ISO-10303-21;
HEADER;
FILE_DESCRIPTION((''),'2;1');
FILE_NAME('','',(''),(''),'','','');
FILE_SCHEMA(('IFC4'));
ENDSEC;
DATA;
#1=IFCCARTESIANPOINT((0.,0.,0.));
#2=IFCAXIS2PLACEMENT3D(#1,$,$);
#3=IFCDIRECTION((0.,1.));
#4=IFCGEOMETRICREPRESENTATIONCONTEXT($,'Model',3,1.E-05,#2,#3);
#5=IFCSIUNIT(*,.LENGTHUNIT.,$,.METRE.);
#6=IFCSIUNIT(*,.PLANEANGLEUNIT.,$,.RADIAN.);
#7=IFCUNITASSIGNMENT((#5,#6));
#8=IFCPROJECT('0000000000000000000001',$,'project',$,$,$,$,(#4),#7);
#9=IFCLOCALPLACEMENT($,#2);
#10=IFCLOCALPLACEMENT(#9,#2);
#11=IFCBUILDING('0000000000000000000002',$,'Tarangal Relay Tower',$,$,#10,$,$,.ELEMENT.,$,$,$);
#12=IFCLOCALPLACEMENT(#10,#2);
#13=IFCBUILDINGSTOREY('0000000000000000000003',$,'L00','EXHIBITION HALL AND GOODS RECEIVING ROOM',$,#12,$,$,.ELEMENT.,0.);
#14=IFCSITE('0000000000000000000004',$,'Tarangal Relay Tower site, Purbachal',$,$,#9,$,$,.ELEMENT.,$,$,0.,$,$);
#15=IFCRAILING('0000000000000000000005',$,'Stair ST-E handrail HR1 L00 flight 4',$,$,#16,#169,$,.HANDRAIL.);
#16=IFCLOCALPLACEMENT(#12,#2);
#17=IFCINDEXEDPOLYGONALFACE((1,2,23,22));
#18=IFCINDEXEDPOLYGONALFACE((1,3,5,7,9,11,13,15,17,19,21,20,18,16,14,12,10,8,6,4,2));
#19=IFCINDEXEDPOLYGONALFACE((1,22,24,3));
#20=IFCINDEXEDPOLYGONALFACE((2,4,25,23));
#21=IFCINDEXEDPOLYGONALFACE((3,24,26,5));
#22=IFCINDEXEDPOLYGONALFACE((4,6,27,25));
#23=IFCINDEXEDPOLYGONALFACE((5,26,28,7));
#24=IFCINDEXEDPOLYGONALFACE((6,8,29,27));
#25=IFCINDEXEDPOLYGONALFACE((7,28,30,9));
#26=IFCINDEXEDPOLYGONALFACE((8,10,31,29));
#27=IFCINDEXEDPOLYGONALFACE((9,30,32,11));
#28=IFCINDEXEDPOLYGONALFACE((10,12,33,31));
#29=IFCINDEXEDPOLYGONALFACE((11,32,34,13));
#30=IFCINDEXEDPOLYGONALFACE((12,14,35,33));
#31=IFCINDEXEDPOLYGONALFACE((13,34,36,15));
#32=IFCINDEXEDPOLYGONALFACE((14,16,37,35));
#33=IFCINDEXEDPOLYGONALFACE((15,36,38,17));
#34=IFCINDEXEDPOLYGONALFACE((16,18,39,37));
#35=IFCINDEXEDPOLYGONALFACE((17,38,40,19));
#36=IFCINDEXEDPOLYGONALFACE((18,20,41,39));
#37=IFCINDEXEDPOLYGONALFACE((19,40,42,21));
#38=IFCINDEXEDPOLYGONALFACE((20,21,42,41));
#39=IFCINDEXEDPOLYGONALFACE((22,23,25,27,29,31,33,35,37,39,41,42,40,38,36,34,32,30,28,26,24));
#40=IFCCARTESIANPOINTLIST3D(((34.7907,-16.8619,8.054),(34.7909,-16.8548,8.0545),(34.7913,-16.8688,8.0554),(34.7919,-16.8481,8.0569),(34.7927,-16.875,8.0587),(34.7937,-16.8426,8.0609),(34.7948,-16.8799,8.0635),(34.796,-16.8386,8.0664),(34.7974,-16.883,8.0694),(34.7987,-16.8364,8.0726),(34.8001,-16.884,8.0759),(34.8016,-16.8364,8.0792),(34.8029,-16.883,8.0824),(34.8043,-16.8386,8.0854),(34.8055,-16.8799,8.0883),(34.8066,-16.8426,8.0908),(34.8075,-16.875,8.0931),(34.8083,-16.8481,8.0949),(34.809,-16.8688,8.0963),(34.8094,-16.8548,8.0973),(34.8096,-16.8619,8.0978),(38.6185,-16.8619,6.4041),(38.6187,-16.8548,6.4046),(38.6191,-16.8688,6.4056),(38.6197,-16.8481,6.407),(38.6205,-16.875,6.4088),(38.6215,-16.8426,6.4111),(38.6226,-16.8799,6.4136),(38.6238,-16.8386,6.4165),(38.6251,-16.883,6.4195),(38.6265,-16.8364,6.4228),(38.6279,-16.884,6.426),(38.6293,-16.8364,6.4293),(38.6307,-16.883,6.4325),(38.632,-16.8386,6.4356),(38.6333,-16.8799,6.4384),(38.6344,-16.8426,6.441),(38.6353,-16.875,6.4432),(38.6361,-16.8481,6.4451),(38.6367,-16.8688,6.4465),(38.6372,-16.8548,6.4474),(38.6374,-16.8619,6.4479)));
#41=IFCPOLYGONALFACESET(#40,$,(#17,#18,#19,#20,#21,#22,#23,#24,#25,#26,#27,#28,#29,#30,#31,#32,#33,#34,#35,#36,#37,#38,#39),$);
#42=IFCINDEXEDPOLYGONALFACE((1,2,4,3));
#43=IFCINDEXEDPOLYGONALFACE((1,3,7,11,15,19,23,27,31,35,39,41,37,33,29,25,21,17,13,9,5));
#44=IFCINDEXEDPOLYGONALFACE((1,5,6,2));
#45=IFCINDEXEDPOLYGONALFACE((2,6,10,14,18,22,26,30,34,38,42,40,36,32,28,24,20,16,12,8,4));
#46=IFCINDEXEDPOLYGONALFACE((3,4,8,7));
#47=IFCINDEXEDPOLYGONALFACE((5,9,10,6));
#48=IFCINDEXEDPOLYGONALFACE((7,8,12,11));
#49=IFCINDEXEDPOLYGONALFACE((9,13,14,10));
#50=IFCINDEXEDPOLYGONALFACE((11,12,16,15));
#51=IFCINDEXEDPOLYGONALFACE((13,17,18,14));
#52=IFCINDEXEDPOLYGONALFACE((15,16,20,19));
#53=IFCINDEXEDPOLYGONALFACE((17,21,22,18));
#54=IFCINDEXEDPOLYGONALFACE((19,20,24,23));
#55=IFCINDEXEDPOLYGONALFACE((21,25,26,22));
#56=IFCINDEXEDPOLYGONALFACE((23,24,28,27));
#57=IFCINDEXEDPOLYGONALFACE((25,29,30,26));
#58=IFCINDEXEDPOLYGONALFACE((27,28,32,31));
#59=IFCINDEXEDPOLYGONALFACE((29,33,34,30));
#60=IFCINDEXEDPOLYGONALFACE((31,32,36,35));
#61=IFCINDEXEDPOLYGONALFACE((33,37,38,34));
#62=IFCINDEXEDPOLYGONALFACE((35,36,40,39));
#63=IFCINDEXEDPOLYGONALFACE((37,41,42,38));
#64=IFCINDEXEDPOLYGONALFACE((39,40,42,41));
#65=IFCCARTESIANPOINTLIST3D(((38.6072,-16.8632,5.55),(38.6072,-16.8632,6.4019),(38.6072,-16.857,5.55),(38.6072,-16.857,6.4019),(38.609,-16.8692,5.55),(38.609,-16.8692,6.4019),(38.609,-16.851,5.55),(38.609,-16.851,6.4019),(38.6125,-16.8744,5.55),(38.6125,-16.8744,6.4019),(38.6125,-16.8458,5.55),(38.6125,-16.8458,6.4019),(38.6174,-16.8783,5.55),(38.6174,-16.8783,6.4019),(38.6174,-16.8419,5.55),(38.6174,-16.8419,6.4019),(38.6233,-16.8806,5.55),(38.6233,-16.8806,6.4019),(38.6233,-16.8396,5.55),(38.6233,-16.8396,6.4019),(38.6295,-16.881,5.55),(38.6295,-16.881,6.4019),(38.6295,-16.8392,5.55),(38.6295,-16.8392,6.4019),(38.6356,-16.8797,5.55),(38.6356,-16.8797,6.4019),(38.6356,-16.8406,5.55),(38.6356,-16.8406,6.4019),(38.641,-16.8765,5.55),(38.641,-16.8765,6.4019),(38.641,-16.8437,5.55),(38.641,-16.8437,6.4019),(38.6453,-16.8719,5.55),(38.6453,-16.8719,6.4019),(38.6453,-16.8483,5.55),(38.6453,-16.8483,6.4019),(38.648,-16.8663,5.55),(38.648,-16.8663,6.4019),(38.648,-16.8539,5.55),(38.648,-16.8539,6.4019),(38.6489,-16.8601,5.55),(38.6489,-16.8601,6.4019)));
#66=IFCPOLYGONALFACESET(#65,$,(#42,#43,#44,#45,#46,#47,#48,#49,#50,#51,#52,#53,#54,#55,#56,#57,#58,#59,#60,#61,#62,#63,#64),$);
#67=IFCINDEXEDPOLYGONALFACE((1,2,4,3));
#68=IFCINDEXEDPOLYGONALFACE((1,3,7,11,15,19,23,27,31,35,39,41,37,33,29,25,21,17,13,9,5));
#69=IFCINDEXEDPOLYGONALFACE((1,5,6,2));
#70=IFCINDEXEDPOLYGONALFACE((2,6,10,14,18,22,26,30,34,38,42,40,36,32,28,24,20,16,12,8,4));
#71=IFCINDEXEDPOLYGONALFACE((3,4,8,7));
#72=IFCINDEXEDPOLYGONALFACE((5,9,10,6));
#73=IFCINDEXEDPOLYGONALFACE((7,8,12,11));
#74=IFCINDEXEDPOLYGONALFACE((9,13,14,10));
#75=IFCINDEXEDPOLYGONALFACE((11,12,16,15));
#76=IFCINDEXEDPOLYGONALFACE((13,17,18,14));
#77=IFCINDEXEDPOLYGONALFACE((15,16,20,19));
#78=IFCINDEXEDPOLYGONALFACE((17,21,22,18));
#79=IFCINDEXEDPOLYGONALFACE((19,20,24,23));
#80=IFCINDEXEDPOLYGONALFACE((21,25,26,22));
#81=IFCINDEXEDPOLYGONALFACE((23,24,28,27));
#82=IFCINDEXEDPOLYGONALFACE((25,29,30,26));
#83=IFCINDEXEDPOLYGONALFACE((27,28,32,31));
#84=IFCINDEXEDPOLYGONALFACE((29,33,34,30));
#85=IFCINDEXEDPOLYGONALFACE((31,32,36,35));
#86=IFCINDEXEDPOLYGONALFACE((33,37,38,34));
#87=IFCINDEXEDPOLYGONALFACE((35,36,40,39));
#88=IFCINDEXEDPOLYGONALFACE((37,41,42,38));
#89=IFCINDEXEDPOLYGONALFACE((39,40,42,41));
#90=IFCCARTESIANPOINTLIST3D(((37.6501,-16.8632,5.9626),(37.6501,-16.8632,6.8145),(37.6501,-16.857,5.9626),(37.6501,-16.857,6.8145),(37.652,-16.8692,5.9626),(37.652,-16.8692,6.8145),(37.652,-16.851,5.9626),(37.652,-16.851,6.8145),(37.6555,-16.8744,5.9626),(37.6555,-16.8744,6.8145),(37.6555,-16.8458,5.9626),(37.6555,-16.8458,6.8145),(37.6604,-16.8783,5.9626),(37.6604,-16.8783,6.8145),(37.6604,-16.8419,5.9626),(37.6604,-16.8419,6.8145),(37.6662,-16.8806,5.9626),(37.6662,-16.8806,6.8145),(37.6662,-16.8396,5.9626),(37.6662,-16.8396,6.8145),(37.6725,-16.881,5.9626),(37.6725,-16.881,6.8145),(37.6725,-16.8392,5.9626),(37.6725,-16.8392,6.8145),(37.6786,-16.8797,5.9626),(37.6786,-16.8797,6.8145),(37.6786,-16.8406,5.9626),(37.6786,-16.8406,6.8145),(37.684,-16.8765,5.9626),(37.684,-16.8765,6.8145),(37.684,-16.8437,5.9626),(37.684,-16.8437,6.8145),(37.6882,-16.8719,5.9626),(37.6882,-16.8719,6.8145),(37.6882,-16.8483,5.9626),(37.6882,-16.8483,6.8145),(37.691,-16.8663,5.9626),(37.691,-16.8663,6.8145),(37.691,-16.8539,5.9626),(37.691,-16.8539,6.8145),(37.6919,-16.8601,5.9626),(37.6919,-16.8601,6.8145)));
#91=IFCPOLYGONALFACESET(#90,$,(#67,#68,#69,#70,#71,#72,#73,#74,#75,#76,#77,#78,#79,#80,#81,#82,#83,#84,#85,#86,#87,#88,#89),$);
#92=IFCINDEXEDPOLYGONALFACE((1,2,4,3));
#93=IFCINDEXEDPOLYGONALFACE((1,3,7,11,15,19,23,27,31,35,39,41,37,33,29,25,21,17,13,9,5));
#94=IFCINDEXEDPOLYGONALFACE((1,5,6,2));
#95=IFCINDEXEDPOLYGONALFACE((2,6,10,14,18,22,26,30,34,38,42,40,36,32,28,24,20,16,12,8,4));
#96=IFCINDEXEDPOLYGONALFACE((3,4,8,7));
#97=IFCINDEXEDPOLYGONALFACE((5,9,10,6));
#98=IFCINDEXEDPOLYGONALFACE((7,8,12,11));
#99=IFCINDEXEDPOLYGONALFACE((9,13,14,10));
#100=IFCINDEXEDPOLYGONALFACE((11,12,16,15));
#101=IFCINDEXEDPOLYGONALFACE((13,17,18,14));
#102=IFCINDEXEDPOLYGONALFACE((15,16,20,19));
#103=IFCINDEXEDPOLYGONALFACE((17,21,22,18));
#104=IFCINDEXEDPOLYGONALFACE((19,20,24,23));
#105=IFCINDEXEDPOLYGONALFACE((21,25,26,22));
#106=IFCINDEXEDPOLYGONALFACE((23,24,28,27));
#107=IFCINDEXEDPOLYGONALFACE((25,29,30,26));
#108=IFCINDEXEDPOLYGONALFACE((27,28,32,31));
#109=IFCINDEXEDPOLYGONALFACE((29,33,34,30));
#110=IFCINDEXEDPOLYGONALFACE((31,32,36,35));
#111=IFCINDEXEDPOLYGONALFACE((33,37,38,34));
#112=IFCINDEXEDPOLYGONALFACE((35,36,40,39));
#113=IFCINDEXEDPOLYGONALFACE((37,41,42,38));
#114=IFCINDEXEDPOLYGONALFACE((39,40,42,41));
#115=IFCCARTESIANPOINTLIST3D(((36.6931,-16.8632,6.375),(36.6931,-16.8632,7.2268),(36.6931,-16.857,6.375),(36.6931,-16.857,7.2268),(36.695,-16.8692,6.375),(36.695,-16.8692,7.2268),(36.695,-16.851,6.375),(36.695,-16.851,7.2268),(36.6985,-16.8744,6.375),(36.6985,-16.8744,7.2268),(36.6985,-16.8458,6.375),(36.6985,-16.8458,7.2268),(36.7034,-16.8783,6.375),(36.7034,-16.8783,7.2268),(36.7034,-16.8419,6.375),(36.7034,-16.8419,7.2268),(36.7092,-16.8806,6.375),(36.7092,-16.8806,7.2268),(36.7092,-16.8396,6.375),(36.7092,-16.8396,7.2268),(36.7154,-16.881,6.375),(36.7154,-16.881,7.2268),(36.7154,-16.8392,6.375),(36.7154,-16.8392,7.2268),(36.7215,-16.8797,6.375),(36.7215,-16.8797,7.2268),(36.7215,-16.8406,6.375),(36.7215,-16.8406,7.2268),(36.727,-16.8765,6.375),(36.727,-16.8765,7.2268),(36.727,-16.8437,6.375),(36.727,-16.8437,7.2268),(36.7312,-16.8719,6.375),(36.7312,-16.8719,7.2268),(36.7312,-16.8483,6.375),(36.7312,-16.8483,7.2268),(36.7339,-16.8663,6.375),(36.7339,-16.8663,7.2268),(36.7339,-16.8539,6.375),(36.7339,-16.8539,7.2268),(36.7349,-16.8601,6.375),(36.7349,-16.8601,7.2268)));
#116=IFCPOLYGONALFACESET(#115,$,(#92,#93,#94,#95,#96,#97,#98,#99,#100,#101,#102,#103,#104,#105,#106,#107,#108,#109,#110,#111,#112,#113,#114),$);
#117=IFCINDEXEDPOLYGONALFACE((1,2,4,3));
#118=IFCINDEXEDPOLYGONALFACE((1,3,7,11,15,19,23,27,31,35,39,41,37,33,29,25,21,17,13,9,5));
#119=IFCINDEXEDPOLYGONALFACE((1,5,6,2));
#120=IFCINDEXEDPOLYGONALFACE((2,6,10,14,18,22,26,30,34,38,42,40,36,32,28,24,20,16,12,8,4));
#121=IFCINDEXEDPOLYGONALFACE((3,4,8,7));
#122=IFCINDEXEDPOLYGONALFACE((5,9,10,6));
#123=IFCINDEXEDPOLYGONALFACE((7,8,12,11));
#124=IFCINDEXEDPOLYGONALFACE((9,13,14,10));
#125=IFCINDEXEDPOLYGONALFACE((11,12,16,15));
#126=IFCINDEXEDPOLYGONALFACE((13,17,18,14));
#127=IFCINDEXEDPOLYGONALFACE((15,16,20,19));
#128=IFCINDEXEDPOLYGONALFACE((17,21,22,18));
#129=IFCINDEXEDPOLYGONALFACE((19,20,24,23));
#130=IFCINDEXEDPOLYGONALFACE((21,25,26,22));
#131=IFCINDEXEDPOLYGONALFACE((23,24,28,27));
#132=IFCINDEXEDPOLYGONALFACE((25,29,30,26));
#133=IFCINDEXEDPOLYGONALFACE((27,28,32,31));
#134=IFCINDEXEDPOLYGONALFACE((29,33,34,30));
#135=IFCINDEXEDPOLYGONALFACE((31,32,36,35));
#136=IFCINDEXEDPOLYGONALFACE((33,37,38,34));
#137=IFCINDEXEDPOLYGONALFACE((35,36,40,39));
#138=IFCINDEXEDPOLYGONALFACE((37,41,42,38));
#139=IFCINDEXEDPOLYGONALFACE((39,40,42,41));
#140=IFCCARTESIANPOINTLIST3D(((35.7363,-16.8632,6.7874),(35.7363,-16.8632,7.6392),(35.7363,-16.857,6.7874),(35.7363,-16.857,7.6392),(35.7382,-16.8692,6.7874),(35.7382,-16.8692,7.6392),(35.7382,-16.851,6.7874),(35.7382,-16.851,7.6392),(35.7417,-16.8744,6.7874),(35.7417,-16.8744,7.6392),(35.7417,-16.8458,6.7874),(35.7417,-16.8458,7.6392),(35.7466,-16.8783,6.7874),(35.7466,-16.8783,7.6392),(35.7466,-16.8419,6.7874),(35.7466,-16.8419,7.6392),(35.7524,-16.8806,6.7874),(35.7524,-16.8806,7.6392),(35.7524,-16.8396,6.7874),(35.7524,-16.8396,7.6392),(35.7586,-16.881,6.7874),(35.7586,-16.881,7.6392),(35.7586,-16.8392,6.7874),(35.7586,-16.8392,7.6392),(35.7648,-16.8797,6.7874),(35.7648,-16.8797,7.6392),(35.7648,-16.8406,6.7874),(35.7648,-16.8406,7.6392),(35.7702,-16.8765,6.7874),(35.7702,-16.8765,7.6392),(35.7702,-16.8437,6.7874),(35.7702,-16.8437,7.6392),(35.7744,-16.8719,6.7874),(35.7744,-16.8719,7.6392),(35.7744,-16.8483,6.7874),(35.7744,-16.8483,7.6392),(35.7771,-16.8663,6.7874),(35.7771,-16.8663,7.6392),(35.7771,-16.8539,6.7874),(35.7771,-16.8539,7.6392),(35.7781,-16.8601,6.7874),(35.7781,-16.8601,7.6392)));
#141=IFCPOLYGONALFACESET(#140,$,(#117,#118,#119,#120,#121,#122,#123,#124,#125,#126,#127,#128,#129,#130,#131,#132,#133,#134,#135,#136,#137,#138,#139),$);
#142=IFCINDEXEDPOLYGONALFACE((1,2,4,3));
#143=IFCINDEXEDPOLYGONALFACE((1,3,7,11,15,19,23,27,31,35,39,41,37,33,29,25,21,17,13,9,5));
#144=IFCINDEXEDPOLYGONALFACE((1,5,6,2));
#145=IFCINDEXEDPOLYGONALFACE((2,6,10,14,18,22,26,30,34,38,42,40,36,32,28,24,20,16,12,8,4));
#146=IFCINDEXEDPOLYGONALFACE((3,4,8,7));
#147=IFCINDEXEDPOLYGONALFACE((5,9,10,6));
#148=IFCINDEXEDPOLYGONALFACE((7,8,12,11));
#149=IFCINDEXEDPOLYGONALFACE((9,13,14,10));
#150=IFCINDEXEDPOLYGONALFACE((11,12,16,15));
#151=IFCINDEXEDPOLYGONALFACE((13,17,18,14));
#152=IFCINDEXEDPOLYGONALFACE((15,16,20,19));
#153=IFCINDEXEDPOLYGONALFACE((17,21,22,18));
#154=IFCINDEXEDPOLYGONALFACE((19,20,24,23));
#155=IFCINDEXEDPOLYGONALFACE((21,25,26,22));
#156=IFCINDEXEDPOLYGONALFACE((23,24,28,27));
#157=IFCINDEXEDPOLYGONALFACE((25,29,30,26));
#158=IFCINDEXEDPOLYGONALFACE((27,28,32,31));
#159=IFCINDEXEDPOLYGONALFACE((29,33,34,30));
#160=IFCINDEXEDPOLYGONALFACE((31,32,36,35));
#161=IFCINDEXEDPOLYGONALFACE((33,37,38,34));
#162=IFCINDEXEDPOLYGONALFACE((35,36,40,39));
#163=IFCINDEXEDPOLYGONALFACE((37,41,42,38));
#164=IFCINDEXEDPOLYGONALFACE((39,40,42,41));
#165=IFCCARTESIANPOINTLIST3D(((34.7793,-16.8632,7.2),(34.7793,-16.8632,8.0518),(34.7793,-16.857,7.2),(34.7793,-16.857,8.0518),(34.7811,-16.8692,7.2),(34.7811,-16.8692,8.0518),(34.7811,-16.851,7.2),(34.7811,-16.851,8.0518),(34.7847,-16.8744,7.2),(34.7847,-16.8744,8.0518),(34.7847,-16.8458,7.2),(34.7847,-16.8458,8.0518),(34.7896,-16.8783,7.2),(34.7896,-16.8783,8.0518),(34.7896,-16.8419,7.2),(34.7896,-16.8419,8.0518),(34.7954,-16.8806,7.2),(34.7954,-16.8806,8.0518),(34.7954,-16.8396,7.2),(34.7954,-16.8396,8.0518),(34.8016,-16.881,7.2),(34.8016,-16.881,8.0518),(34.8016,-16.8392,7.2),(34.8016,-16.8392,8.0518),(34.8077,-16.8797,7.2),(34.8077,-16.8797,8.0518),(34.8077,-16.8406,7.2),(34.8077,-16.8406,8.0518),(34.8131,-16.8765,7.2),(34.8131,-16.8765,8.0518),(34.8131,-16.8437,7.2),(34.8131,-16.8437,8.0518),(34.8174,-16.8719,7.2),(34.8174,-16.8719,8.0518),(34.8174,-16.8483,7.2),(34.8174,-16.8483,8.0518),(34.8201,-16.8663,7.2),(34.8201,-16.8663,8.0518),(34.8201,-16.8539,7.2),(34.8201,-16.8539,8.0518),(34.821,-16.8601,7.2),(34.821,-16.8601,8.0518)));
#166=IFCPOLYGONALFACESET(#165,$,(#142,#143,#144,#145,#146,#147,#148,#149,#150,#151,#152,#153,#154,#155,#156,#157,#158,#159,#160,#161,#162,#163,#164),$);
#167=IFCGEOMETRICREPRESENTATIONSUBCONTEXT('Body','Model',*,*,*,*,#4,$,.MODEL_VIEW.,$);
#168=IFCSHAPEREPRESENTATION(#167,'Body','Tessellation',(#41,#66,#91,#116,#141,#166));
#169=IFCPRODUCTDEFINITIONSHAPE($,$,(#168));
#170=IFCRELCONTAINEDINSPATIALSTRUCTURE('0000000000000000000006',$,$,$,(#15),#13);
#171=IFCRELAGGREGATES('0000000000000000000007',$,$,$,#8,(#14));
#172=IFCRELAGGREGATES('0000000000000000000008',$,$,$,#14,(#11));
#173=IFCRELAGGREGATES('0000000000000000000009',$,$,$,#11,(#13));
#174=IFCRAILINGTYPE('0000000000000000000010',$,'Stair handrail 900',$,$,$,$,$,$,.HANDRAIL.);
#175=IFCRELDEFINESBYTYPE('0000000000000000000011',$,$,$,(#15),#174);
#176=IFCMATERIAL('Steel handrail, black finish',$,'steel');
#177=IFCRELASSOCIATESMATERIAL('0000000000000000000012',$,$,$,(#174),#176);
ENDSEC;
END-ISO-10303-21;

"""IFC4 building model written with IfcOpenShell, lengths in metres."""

from ifc_helpers import new_model, si_unit, direction, frame, origin, origin_2d, place, context, subcontext, project, spatial, circle, extrude, material, type_object, element, save


model = new_model("IFC4")

# Units and contexts
model_context = context("Model", 3, precision=1e-05, world=origin(), true_north=direction((0.0, 1.0)))
body_context = subcontext(model_context, "Body", "Model", "MODEL_VIEW")
ifc_project = project(units=[si_unit("LENGTHUNIT", "METRE"), si_unit("PLANEANGLEUNIT", "RADIAN")], contexts=[model_context])

# Site, building, storey
site_placement = place(None, origin())
site = spatial("IfcSite", under=ifc_project, at=site_placement, Name="Tarangal Relay Tower site, Purbachal", CompositionType="ELEMENT", RefElevation=0.0)
building_placement = place(site_placement, origin())
building = spatial("IfcBuilding", under=site, at=building_placement, Name="Tarangal Relay Tower", CompositionType="ELEMENT")
storey_placement = place(building_placement, origin())
storey = spatial("IfcBuildingStorey", under=building, at=storey_placement, Name="L00", Description="EXHIBITION HALL AND GOODS RECEIVING ROOM", CompositionType="ELEMENT", Elevation=0.0)

# Railing
ifc_material_1 = material(Name="Steel handrail, black finish", Category="steel")
railing_type = type_object("IfcRailingType", Name="Stair handrail 900", PredefinedType="HANDRAIL", material=ifc_material_1)
railing_1_placement = place(storey_placement, frame((38.6279, -16.8601, 5.55)))
element("IfcRailing", 1, at=railing_1_placement, inside=storey, type_object=railing_type, Name="Stair ST-E handrail HR1 L00 flight 4", PredefinedType="HANDRAIL", context=body_context, shape_type="SweptSolid", body=[
    extrude(circle(Radius=0.0239, at=origin_2d()), frame((0.0, 0.0, 0.876), z_axis=(-0.918328, 0.0, 0.39582), x_axis=(0.0, -1.0, 0.0)), (0.0, 0.0, 1.0), 4.1682),
    extrude(circle(Radius=0.021, at=origin_2d()), origin(), (0.0, 0.0, 1.0), 0.8518),
    extrude(circle(Radius=0.021, at=origin_2d()), frame((-0.957, 0.0, 0.4126)), (0.0, 0.0, 1.0), 0.8518),
    extrude(circle(Radius=0.021, at=origin_2d()), frame((-1.9141, 0.0, 0.825)), (0.0, 0.0, 1.0), 0.8518),
    extrude(circle(Radius=0.021, at=origin_2d()), frame((-2.8708, 0.0, 1.2373)), (0.0, 0.0, 1.0), 0.8518),
    extrude(circle(Radius=0.021, at=origin_2d()), frame((-3.8279, 0.0, 1.6499)), (0.0, 0.0, 1.0), 0.8518),
])

save(model, "model.ifc")
